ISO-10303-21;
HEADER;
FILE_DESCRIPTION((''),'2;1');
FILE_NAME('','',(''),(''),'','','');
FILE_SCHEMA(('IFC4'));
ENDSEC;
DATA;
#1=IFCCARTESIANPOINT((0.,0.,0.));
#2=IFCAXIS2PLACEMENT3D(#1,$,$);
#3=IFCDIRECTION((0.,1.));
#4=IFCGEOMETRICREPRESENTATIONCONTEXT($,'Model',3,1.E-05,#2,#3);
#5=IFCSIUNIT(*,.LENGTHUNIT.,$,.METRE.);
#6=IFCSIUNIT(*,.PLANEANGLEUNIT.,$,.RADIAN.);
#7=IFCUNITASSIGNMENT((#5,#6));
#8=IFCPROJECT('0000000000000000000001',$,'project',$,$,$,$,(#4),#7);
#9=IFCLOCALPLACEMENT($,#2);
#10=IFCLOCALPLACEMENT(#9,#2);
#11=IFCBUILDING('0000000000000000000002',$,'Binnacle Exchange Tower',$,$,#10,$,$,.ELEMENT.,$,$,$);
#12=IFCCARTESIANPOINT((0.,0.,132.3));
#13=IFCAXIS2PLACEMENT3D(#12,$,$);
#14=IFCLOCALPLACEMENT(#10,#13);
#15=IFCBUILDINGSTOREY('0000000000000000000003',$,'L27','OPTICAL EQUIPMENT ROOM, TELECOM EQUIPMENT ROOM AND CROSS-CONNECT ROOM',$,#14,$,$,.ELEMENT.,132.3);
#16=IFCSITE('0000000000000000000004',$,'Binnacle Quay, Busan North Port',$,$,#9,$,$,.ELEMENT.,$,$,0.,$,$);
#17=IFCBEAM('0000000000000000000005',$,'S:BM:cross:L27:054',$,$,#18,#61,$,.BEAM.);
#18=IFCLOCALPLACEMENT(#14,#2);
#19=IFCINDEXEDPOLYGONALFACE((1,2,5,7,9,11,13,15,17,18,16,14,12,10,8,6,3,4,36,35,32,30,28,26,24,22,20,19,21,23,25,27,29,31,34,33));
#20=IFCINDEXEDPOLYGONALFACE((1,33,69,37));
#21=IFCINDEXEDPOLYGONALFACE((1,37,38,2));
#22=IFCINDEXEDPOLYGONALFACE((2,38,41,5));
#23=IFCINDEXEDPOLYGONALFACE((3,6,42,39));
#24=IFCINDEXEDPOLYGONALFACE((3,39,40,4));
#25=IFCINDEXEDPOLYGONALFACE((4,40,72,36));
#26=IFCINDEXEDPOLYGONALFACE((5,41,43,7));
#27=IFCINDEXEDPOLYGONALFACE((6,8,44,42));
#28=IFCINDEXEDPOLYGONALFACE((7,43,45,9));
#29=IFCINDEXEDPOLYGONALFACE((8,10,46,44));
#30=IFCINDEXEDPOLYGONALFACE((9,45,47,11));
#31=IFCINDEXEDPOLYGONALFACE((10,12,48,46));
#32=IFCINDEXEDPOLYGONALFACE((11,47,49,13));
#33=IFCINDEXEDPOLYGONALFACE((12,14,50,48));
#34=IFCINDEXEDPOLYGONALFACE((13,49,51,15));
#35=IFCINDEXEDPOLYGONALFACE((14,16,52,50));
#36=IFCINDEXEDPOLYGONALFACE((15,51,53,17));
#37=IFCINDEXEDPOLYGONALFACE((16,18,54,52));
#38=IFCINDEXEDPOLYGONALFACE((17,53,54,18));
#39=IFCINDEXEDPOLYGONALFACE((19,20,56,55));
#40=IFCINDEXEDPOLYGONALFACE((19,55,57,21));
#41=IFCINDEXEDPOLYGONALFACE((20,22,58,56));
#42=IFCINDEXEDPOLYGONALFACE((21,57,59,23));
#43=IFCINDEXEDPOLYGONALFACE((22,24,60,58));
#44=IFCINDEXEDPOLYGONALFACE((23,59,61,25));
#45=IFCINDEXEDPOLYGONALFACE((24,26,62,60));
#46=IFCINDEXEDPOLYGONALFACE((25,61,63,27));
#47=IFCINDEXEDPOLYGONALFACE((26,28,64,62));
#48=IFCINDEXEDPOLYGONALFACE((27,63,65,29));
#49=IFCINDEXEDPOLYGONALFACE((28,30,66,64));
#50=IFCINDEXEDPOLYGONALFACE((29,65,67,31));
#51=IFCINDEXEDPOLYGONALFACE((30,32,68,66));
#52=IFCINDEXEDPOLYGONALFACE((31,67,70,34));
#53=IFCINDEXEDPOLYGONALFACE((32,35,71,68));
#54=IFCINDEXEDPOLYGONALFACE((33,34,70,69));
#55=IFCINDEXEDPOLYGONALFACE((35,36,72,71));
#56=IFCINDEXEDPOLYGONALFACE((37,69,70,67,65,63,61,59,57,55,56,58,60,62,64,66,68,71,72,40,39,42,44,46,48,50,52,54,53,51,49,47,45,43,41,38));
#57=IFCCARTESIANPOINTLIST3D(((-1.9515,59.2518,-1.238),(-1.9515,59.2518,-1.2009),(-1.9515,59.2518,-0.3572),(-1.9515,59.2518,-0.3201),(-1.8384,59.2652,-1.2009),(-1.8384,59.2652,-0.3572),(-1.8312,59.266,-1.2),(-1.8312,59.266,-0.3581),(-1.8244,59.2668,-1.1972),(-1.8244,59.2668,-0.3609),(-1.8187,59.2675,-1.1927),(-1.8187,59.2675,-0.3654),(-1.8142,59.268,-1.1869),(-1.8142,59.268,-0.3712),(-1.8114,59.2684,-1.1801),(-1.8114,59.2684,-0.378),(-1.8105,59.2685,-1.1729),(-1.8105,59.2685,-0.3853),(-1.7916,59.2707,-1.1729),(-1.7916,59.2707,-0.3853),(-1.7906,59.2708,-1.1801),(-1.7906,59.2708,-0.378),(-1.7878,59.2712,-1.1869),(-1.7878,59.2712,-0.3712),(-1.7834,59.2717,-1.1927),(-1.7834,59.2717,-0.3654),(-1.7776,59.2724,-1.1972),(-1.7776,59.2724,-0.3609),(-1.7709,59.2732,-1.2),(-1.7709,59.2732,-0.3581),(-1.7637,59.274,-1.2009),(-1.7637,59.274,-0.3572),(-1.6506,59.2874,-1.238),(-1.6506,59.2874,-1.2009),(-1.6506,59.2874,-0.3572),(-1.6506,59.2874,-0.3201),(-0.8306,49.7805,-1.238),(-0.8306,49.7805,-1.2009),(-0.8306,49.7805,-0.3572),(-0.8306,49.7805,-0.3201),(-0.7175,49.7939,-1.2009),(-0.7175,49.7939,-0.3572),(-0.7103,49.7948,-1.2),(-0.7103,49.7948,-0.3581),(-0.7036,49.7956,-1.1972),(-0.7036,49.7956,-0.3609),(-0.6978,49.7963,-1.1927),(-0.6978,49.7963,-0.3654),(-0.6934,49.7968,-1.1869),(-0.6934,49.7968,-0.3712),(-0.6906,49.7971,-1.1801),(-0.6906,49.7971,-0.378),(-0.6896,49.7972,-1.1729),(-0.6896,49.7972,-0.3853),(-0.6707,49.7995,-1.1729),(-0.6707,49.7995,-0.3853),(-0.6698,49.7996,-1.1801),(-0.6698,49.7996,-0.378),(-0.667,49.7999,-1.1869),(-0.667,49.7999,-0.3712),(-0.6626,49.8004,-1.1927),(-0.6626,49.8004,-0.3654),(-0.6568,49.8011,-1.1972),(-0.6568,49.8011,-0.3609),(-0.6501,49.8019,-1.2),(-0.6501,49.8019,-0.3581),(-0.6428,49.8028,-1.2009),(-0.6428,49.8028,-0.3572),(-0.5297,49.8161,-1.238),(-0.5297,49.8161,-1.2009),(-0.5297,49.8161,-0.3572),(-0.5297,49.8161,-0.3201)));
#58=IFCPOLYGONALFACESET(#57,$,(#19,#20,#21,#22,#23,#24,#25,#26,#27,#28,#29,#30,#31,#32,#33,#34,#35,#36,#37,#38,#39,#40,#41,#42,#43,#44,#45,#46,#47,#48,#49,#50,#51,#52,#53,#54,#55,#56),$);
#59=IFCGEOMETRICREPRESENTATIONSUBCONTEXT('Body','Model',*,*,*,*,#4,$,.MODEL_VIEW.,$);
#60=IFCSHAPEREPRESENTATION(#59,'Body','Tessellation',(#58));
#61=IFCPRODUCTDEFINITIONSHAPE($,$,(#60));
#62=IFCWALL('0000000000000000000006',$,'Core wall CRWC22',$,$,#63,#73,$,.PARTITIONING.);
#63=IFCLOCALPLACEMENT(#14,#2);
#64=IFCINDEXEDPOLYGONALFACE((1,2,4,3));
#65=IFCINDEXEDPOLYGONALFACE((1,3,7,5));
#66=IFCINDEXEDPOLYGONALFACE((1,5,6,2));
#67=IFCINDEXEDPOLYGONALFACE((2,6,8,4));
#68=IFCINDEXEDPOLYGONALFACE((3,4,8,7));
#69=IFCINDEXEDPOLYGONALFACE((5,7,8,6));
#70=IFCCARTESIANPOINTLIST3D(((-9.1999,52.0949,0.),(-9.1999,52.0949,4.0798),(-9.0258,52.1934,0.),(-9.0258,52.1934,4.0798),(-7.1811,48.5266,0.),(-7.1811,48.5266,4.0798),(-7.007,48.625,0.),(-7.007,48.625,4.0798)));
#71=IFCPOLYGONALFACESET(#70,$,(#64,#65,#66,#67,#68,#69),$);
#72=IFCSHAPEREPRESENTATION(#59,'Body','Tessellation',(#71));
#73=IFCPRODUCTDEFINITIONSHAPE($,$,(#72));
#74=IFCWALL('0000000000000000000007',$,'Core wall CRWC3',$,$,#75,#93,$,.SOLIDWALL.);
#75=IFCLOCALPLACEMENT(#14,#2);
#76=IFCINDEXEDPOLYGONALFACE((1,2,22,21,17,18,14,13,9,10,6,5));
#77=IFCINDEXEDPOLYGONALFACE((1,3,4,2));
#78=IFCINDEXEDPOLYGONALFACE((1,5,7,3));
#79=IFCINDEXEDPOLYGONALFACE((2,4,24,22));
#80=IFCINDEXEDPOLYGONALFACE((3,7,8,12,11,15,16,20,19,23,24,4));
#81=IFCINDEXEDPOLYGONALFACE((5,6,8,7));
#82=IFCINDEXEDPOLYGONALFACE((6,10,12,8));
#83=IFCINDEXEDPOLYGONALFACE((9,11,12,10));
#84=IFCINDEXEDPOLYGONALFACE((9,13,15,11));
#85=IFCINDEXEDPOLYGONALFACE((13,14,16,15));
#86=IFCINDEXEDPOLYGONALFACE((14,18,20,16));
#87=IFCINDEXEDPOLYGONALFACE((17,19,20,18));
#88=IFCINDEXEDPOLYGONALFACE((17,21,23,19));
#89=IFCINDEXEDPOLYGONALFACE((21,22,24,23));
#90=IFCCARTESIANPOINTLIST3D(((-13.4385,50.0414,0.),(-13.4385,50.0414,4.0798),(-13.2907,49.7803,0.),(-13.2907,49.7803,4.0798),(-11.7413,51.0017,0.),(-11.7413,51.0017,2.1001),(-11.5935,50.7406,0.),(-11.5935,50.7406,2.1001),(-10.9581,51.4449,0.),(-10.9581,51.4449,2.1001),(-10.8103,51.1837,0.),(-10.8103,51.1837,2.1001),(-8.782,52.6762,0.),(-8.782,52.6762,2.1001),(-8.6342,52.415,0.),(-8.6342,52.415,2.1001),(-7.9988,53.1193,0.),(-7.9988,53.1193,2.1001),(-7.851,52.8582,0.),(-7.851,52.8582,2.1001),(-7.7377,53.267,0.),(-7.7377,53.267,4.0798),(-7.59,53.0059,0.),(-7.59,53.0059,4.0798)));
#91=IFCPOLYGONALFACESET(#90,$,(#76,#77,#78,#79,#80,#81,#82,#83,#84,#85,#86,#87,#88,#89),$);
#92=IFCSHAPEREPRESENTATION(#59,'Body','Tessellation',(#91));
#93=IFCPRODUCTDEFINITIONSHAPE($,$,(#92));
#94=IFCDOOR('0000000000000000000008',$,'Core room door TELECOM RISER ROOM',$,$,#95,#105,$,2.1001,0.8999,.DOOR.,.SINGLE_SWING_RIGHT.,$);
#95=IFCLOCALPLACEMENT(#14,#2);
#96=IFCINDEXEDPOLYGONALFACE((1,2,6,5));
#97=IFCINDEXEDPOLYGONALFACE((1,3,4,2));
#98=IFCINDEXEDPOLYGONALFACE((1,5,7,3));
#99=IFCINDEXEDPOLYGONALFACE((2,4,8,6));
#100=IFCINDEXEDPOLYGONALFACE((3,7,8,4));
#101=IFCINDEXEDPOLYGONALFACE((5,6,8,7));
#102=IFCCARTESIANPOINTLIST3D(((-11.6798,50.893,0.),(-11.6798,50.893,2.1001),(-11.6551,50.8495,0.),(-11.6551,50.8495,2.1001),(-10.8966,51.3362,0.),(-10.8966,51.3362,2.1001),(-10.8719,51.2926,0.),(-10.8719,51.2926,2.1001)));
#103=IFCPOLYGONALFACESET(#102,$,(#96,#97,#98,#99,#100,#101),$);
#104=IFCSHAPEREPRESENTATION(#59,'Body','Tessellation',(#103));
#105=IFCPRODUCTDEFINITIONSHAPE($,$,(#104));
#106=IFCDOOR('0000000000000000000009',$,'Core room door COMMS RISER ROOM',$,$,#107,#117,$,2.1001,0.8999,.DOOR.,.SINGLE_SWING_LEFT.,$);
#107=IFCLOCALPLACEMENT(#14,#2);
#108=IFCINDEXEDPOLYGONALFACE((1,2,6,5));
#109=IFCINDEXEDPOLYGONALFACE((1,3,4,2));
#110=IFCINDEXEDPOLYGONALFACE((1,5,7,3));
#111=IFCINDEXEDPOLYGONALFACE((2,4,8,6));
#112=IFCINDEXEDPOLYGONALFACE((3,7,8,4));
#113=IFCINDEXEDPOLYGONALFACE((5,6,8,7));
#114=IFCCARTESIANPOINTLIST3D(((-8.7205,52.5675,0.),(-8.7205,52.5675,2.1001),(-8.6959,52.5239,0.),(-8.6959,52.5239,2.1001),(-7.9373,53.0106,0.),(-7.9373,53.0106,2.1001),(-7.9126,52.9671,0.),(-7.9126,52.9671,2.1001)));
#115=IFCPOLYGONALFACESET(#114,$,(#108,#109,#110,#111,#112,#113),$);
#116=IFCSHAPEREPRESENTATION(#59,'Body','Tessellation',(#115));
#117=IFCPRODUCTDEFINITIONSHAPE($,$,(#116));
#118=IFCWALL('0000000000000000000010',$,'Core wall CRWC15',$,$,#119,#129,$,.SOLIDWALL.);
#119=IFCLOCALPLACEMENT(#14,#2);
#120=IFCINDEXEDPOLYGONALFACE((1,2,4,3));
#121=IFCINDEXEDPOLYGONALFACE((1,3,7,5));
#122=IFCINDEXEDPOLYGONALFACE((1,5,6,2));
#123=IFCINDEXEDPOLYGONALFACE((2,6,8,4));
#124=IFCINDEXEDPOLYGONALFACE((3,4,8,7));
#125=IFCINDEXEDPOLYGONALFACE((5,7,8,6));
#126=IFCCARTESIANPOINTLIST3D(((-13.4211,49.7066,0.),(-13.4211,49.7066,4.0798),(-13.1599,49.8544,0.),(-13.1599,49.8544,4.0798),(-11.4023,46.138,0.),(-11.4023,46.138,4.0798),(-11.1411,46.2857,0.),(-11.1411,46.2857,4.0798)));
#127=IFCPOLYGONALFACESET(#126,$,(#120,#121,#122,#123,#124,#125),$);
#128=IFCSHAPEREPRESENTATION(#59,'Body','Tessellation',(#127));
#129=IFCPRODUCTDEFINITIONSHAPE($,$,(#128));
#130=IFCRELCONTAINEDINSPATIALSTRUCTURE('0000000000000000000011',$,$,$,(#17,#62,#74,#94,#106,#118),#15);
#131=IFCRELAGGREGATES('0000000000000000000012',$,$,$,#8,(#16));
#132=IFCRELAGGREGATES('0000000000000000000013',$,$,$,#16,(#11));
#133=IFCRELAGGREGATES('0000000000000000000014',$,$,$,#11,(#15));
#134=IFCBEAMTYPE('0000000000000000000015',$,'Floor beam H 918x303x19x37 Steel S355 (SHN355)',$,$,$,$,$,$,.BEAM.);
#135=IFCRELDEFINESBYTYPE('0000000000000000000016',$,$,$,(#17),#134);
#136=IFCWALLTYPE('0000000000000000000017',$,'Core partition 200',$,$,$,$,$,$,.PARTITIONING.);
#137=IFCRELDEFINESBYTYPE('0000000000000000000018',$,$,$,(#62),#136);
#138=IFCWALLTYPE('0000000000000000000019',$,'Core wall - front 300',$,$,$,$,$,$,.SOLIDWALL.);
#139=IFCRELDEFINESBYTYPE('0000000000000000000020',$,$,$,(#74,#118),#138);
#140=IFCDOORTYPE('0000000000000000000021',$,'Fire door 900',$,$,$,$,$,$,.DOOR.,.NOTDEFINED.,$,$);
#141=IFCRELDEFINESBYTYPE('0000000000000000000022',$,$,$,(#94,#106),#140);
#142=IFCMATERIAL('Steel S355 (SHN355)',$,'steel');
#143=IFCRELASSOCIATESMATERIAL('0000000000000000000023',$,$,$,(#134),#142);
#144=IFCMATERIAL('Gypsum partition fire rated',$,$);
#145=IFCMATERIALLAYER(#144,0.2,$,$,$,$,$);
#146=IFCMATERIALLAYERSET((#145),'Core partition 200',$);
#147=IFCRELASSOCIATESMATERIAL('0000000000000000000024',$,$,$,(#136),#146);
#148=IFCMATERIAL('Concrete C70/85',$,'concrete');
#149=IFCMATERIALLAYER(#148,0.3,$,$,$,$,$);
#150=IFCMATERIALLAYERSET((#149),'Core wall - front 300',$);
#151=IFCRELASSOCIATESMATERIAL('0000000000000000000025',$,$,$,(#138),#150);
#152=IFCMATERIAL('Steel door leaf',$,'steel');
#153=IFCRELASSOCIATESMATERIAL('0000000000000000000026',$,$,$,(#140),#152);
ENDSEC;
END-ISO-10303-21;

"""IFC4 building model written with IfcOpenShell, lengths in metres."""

from ifc_helpers import new_model, si_unit, direction, frame, frame_2d, origin, origin_2d, place, context, subcontext, project, spatial, rectangle, i_section, extrude, material, layer, layer_set, material_profile, profile_set, type_object, element, fill, save


model = new_model("IFC4")

# Units and contexts
model_context = context("Model", 3, precision=1e-05, world=origin(), true_north=direction((0.0, 1.0)))
body_context = subcontext(model_context, "Body", "Model", "MODEL_VIEW")
ifc_project = project(units=[si_unit("LENGTHUNIT", "METRE"), si_unit("PLANEANGLEUNIT", "RADIAN")], contexts=[model_context])

# Site, building, storey
site_placement = place(None, origin())
site = spatial("IfcSite", under=ifc_project, at=site_placement, Name="Binnacle Quay, Busan North Port", CompositionType="ELEMENT", RefElevation=0.0)
building_placement = place(site_placement, origin())
building = spatial("IfcBuilding", under=site, at=building_placement, Name="Binnacle Exchange Tower", CompositionType="ELEMENT")
storey_placement = place(building_placement, frame((0.0, 0.0, 132.3)))
storey = spatial("IfcBuildingStorey", under=building, at=storey_placement, Name="L27", Description="OPTICAL EQUIPMENT ROOM, TELECOM EQUIPMENT ROOM AND CROSS-CONNECT ROOM", CompositionType="ELEMENT", Elevation=132.3)

# Shared definitions
ifc_material_1 = material(Name="Concrete C70/85", Category="concrete")

# Beam
ifc_material_2 = material(Name="Steel S355 (SHN355)", Category="steel")
ifc_material_profile_1 = material_profile(ifc_material_2, i_section(OverallWidth=0.303, OverallDepth=0.918, WebThickness=0.019, FlangeThickness=0.0371, FilletRadius=0.0281, at=origin_2d()), Name="H 918x303x19x37")
ifc_profile_set_1 = profile_set([ifc_material_profile_1], Name="Steel S355 (SHN355)")
beam_type_1 = type_object("IfcBeamType", Name="Floor beam H 918x303x19x37 Steel S355 (SHN355)", PredefinedType="BEAM", material=ifc_profile_set_1)
beam_1_placement = place(storey_placement, frame((-0.6802, 49.7983, -0.7791), z_axis=(-0.117523, 0.99307, 0.0), x_axis=(-0.99307, -0.117523, 0.0)))
element("IfcBeam", 1, at=beam_1_placement, inside=storey, type_object=beam_type_1, Name="S:BM:cross:L27:054", PredefinedType="BEAM", context=body_context, shape_type="SweptSolid", body=[
    extrude(i_section(OverallWidth=0.303, OverallDepth=0.918, WebThickness=0.019, FlangeThickness=0.0371, FilletRadius=0.0281, at=origin_2d()), origin(), (0.0, 0.0, 1.0), 9.5374),
])

# Wall
ifc_material_3 = material(Name="Gypsum partition fire rated")
ifc_layer_1 = layer(ifc_material_3, 0.2)
ifc_layer_set_1 = layer_set([ifc_layer_1], Name="Core partition 200")
wall_type_1 = type_object("IfcWallType", Name="Core partition 200", PredefinedType="PARTITIONING", material=ifc_layer_set_1)
wall_1_placement = place(storey_placement, frame((-9.1128, 52.144, 0.0), z_axis=(0.0, 0.0, 1.0), x_axis=(0.492408, -0.870364, 0.0)))
element("IfcWall", 2, at=wall_1_placement, inside=storey, type_object=wall_type_1, Name="Core wall CRWC22", PredefinedType="PARTITIONING", context=body_context, shape_type="SweptSolid", body=[
    extrude(rectangle(XDim=4.0999, YDim=0.2, at=frame_2d((2.0498, 0.0))), origin(), (0.0, 0.0, 1.0), 4.0798),
])

# Wall, openings, doors
ifc_layer_2 = layer(ifc_material_1, 0.3)
ifc_layer_set_2 = layer_set([ifc_layer_2], Name="Core wall - front 300")
wall_type_2 = type_object("IfcWallType", Name="Core wall - front 300", PredefinedType="SOLIDWALL", material=ifc_layer_set_2)
wall_2_placement = place(storey_placement, frame((-13.3645, 49.9109, 0.0), z_axis=(0.0, 0.0, 1.0), x_axis=(0.870336, 0.492458, 0.0)))
wall_2 = element("IfcWall", 3, at=wall_2_placement, inside=storey, type_object=wall_type_2, Name="Core wall CRWC3", PredefinedType="SOLIDWALL", context=body_context, shape_type="SweptSolid", body=[
    extrude(rectangle(XDim=6.55, YDim=0.3, at=frame_2d((3.2749, 0.0))), origin(), (0.0, 0.0, 1.0), 4.0798),
])
opening_1_placement = place(wall_2_placement, frame((1.95, 0.0, 0.0)))
opening_1 = element("IfcOpeningElement", 4, at=opening_1_placement, cuts=wall_2, PredefinedType="OPENING", context=body_context, shape_type="SweptSolid", body=[
    extrude(rectangle(XDim=0.8999, YDim=2.1001, at=frame_2d((0.45, 1.05))), frame((0.0, 0.1599, 0.0), z_axis=(0.0, -1.0, 0.0), x_axis=(1.0, 0.0, 0.0)), (0.0, 0.0, 1.0), 0.3201),
])
opening_2_placement = place(wall_2_placement, frame((5.3501, 0.0, 0.0)))
opening_2 = element("IfcOpeningElement", 5, at=opening_2_placement, cuts=wall_2, PredefinedType="OPENING", context=body_context, shape_type="SweptSolid", body=[
    extrude(rectangle(XDim=0.8999, YDim=2.1001, at=frame_2d((0.45, 1.05))), frame((0.0, 0.1599, 0.0), z_axis=(0.0, -1.0, 0.0), x_axis=(1.0, 0.0, 0.0)), (0.0, 0.0, 1.0), 0.3201),
])
ifc_material_4 = material(Name="Steel door leaf", Category="steel")
door_type = type_object("IfcDoorType", Name="Fire door 900", OperationType="NOTDEFINED", PredefinedType="DOOR", material=ifc_material_4)
door_1_placement = place(opening_1_placement, frame((0.8999, 0.0, 0.0), z_axis=(0.0, 0.0, 1.0), x_axis=(-1.0, 0.0, 0.0)))
door_1 = element("IfcDoor", 6, at=door_1_placement, inside=storey, type_object=door_type, Name="Core room door TELECOM RISER ROOM", OperationType="SINGLE_SWING_RIGHT", OverallHeight=2.1001, OverallWidth=0.8999, PredefinedType="DOOR", context=body_context, shape_type="SweptSolid", body=[
    extrude(rectangle(XDim=0.8999, YDim=2.1001, at=frame_2d((0.45, 1.05))), frame((0.0, 0.0249, 0.0), z_axis=(0.0, -1.0, 0.0), x_axis=(1.0, 0.0, 0.0)), (0.0, 0.0, 1.0), 0.05),
])
fill(opening_1, door_1)
door_2_placement = place(opening_2_placement, frame((0.8999, 0.0, 0.0), z_axis=(0.0, 0.0, 1.0), x_axis=(-1.0, 0.0, 0.0)))
door_2 = element("IfcDoor", 7, at=door_2_placement, inside=storey, type_object=door_type, Name="Core room door COMMS RISER ROOM", OperationType="SINGLE_SWING_LEFT", OverallHeight=2.1001, OverallWidth=0.8999, PredefinedType="DOOR", context=body_context, shape_type="SweptSolid", body=[
    extrude(rectangle(XDim=0.8999, YDim=2.1001, at=frame_2d((0.45, 1.05))), frame((0.0, 0.0249, 0.0), z_axis=(0.0, -1.0, 0.0), x_axis=(1.0, 0.0, 0.0)), (0.0, 0.0, 1.0), 0.05),
])
fill(opening_2, door_2)

# Wall
wall_3_placement = place(storey_placement, frame((-13.2905, 49.7805, 0.0), z_axis=(0.0, 0.0, 1.0), x_axis=(0.492383, -0.870379, 0.0)))
element("IfcWall", 8, at=wall_3_placement, inside=storey, type_object=wall_type_2, Name="Core wall CRWC15", PredefinedType="SOLIDWALL", context=body_context, shape_type="SweptSolid", body=[
    extrude(rectangle(XDim=4.1001, YDim=0.3, at=frame_2d((2.05, 0.0))), origin(), (0.0, 0.0, 1.0), 4.0798),
])

save(model, "model.ifc")
